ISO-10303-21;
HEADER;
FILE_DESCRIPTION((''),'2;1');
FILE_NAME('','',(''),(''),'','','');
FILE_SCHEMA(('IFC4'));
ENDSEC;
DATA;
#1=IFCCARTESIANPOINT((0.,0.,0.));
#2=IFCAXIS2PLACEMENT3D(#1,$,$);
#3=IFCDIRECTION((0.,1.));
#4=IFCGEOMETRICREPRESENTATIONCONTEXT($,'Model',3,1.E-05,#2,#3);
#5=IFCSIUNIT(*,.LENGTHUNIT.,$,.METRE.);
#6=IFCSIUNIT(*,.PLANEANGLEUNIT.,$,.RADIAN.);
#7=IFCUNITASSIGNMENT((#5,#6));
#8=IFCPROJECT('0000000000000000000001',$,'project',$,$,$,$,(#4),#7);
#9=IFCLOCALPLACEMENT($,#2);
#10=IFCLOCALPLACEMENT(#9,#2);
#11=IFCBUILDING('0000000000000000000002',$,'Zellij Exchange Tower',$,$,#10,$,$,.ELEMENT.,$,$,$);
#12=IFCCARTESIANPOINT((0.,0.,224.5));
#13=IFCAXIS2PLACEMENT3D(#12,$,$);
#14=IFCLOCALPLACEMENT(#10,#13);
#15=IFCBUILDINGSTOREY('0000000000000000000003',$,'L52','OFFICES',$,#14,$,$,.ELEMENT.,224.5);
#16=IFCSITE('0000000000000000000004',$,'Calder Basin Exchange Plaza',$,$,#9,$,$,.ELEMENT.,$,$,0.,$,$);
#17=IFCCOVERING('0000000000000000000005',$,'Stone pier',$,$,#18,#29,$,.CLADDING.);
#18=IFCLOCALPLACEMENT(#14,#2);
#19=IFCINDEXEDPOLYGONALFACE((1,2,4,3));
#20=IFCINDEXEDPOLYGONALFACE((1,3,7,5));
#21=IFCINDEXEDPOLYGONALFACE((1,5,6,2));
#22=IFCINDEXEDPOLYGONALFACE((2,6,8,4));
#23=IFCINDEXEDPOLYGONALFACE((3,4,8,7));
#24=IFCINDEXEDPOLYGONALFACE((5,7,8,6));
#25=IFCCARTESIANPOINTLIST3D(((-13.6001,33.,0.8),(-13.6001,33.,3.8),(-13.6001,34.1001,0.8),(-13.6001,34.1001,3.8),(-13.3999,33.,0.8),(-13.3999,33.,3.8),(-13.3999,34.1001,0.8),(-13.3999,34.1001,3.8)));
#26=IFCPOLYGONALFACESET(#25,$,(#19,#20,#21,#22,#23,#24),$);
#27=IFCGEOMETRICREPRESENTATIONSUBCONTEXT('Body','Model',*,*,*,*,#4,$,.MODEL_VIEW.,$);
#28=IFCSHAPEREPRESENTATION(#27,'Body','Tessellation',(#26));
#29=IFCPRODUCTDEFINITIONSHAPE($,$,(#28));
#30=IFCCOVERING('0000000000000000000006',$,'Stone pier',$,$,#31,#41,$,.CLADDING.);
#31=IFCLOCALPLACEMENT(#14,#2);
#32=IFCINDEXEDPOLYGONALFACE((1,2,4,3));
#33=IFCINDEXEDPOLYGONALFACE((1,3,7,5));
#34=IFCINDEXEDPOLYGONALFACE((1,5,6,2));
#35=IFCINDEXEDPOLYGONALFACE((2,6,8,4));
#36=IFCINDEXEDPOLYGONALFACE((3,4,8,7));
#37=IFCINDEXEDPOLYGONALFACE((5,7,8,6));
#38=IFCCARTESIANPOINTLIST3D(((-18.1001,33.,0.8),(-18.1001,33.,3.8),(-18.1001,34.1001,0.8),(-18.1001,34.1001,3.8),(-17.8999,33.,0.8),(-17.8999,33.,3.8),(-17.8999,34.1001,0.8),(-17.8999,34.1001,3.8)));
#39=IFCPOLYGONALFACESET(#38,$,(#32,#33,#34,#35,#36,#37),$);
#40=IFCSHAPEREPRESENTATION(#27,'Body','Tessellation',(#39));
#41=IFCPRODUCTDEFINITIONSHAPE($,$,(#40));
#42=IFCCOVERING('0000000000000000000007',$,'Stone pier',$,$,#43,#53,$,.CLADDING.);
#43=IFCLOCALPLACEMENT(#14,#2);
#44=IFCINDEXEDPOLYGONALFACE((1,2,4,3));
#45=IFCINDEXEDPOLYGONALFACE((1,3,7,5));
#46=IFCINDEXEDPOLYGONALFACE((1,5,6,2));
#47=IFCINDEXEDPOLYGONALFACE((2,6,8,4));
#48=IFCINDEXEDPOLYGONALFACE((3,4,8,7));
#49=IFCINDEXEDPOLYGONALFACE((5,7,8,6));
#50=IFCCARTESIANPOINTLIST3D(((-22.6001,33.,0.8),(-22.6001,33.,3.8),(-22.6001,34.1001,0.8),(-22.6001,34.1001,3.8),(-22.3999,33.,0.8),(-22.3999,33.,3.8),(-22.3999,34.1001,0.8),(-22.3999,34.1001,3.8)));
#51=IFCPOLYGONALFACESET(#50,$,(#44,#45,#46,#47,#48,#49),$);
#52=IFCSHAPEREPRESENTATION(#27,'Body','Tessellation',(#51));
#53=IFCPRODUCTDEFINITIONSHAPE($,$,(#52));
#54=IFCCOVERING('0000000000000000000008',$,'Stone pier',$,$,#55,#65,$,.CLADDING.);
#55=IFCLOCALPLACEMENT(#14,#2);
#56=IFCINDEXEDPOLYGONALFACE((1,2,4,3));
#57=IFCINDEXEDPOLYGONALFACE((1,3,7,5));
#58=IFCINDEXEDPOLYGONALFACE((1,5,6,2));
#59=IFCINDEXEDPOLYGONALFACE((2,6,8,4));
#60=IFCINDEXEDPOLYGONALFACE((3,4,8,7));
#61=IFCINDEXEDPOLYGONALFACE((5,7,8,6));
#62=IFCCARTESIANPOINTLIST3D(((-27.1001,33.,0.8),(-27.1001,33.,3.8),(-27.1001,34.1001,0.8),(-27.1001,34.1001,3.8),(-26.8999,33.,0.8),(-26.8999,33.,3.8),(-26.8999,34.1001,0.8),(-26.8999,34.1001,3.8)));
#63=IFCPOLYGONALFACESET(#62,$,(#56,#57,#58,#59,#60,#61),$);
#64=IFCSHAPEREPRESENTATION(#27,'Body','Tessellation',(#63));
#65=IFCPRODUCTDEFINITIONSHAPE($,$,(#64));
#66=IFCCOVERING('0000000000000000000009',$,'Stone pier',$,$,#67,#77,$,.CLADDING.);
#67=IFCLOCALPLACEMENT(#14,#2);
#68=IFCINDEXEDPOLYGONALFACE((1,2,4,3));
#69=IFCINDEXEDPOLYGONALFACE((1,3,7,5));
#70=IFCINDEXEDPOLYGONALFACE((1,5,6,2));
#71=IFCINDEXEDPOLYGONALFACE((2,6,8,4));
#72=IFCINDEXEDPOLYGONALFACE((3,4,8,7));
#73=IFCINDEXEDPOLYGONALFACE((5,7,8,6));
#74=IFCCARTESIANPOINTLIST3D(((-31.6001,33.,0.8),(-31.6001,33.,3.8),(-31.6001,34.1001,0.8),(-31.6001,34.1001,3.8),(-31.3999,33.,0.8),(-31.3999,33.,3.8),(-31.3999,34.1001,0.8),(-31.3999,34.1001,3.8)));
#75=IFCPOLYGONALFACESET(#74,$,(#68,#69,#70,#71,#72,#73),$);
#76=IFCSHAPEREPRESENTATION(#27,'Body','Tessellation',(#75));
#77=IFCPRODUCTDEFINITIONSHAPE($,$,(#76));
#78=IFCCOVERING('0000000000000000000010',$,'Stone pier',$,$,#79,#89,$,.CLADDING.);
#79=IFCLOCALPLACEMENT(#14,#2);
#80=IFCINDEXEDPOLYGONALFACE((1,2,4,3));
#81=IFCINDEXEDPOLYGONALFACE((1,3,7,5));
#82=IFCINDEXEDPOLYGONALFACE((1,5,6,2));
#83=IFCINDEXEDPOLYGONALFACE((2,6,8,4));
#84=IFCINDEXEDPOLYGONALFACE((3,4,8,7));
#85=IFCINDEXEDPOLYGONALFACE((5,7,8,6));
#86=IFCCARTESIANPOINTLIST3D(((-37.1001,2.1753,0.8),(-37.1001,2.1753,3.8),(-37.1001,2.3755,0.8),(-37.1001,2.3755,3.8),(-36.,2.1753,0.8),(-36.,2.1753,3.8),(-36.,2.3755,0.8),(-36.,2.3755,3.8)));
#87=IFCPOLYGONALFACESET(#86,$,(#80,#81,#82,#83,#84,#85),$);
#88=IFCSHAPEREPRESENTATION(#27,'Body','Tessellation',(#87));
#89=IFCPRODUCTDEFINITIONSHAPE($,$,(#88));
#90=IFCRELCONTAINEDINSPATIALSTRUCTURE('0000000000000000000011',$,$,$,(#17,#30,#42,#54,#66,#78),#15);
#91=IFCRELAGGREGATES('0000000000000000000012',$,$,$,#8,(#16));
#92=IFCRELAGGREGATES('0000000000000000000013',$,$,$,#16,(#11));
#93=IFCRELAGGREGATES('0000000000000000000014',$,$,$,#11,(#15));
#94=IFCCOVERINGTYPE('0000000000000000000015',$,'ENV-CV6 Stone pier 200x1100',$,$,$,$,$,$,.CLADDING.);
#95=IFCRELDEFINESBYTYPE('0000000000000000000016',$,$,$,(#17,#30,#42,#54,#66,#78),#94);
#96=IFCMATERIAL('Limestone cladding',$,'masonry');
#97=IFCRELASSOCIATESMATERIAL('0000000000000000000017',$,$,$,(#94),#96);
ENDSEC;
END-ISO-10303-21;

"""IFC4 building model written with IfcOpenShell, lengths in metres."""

from ifc_helpers import new_model, si_unit, direction, frame, origin, place, context, subcontext, project, spatial, polyline, outline, extrude, material, type_object, element, save


model = new_model("IFC4")

# Units and contexts
model_context = context("Model", 3, precision=1e-05, world=origin(), true_north=direction((0.0, 1.0)))
body_context = subcontext(model_context, "Body", "Model", "MODEL_VIEW")
ifc_project = project(units=[si_unit("LENGTHUNIT", "METRE"), si_unit("PLANEANGLEUNIT", "RADIAN")], contexts=[model_context])

# Site, building, storey
site_placement = place(None, origin())
site = spatial("IfcSite", under=ifc_project, at=site_placement, Name="Calder Basin Exchange Plaza", CompositionType="ELEMENT", RefElevation=0.0)
building_placement = place(site_placement, origin())
building = spatial("IfcBuilding", under=site, at=building_placement, Name="Zellij Exchange Tower", CompositionType="ELEMENT")
storey_placement = place(building_placement, frame((0.0, 0.0, 224.5)))
storey = spatial("IfcBuildingStorey", under=building, at=storey_placement, Name="L52", Description="OFFICES", CompositionType="ELEMENT", Elevation=224.5)

# Coverings
ifc_material = material(Name="Limestone cladding", Category="masonry")
covering_type_1 = type_object("IfcCoveringType", Name="ENV-CV6 Stone pier 200x1100", PredefinedType="CLADDING", material=ifc_material)
covering_1_placement = place(storey_placement, frame((0.0, 0.0, 0.8)))
element("IfcCovering", 1, at=covering_1_placement, inside=storey, type_object=covering_type_1, Name="Stone pier", PredefinedType="CLADDING", context=body_context, shape_type="SweptSolid", body=[
    extrude(outline(polyline([(-13.3999, 33.0), (-13.6001, 33.0), (-13.6001, 34.1001), (-13.3999, 34.1001), (-13.3999, 33.0)])), origin(), (0.0, 0.0, 1.0), 3.0),
])
covering_2_placement = place(storey_placement, frame((0.0, 0.0, 0.8)))
element("IfcCovering", 2, at=covering_2_placement, inside=storey, type_object=covering_type_1, Name="Stone pier", PredefinedType="CLADDING", context=body_context, shape_type="SweptSolid", body=[
    extrude(outline(polyline([(-17.8999, 33.0), (-18.1001, 33.0), (-18.1001, 34.1001), (-17.8999, 34.1001), (-17.8999, 33.0)])), origin(), (0.0, 0.0, 1.0), 3.0),
])
covering_3_placement = place(storey_placement, frame((0.0, 0.0, 0.8)))
element("IfcCovering", 3, at=covering_3_placement, inside=storey, type_object=covering_type_1, Name="Stone pier", PredefinedType="CLADDING", context=body_context, shape_type="SweptSolid", body=[
    extrude(outline(polyline([(-22.3999, 33.0), (-22.6001, 33.0), (-22.6001, 34.1001), (-22.3999, 34.1001), (-22.3999, 33.0)])), origin(), (0.0, 0.0, 1.0), 3.0),
])
covering_4_placement = place(storey_placement, frame((0.0, 0.0, 0.8)))
element("IfcCovering", 4, at=covering_4_placement, inside=storey, type_object=covering_type_1, Name="Stone pier", PredefinedType="CLADDING", context=body_context, shape_type="SweptSolid", body=[
    extrude(outline(polyline([(-26.8999, 33.0), (-27.1001, 33.0), (-27.1001, 34.1001), (-26.8999, 34.1001), (-26.8999, 33.0)])), origin(), (0.0, 0.0, 1.0), 3.0),
])
covering_5_placement = place(storey_placement, frame((0.0, 0.0, 0.8)))
element("IfcCovering", 5, at=covering_5_placement, inside=storey, type_object=covering_type_1, Name="Stone pier", PredefinedType="CLADDING", context=body_context, shape_type="SweptSolid", body=[
    extrude(outline(polyline([(-31.3999, 33.0), (-31.6001, 33.0), (-31.6001, 34.1001), (-31.3999, 34.1001), (-31.3999, 33.0)])), origin(), (0.0, 0.0, 1.0), 3.0),
])
covering_6_placement = place(storey_placement, frame((0.0, 0.0, 0.8)))
element("IfcCovering", 6, at=covering_6_placement, inside=storey, type_object=covering_type_1, Name="Stone pier", PredefinedType="CLADDING", context=body_context, shape_type="SweptSolid", body=[
    extrude(outline(polyline([(-36.0, 2.3755), (-36.0, 2.1753), (-37.1001, 2.1753), (-37.1001, 2.3755), (-36.0, 2.3755)])), origin(), (0.0, 0.0, 1.0), 3.0),
])

save(model, "model.ifc")
